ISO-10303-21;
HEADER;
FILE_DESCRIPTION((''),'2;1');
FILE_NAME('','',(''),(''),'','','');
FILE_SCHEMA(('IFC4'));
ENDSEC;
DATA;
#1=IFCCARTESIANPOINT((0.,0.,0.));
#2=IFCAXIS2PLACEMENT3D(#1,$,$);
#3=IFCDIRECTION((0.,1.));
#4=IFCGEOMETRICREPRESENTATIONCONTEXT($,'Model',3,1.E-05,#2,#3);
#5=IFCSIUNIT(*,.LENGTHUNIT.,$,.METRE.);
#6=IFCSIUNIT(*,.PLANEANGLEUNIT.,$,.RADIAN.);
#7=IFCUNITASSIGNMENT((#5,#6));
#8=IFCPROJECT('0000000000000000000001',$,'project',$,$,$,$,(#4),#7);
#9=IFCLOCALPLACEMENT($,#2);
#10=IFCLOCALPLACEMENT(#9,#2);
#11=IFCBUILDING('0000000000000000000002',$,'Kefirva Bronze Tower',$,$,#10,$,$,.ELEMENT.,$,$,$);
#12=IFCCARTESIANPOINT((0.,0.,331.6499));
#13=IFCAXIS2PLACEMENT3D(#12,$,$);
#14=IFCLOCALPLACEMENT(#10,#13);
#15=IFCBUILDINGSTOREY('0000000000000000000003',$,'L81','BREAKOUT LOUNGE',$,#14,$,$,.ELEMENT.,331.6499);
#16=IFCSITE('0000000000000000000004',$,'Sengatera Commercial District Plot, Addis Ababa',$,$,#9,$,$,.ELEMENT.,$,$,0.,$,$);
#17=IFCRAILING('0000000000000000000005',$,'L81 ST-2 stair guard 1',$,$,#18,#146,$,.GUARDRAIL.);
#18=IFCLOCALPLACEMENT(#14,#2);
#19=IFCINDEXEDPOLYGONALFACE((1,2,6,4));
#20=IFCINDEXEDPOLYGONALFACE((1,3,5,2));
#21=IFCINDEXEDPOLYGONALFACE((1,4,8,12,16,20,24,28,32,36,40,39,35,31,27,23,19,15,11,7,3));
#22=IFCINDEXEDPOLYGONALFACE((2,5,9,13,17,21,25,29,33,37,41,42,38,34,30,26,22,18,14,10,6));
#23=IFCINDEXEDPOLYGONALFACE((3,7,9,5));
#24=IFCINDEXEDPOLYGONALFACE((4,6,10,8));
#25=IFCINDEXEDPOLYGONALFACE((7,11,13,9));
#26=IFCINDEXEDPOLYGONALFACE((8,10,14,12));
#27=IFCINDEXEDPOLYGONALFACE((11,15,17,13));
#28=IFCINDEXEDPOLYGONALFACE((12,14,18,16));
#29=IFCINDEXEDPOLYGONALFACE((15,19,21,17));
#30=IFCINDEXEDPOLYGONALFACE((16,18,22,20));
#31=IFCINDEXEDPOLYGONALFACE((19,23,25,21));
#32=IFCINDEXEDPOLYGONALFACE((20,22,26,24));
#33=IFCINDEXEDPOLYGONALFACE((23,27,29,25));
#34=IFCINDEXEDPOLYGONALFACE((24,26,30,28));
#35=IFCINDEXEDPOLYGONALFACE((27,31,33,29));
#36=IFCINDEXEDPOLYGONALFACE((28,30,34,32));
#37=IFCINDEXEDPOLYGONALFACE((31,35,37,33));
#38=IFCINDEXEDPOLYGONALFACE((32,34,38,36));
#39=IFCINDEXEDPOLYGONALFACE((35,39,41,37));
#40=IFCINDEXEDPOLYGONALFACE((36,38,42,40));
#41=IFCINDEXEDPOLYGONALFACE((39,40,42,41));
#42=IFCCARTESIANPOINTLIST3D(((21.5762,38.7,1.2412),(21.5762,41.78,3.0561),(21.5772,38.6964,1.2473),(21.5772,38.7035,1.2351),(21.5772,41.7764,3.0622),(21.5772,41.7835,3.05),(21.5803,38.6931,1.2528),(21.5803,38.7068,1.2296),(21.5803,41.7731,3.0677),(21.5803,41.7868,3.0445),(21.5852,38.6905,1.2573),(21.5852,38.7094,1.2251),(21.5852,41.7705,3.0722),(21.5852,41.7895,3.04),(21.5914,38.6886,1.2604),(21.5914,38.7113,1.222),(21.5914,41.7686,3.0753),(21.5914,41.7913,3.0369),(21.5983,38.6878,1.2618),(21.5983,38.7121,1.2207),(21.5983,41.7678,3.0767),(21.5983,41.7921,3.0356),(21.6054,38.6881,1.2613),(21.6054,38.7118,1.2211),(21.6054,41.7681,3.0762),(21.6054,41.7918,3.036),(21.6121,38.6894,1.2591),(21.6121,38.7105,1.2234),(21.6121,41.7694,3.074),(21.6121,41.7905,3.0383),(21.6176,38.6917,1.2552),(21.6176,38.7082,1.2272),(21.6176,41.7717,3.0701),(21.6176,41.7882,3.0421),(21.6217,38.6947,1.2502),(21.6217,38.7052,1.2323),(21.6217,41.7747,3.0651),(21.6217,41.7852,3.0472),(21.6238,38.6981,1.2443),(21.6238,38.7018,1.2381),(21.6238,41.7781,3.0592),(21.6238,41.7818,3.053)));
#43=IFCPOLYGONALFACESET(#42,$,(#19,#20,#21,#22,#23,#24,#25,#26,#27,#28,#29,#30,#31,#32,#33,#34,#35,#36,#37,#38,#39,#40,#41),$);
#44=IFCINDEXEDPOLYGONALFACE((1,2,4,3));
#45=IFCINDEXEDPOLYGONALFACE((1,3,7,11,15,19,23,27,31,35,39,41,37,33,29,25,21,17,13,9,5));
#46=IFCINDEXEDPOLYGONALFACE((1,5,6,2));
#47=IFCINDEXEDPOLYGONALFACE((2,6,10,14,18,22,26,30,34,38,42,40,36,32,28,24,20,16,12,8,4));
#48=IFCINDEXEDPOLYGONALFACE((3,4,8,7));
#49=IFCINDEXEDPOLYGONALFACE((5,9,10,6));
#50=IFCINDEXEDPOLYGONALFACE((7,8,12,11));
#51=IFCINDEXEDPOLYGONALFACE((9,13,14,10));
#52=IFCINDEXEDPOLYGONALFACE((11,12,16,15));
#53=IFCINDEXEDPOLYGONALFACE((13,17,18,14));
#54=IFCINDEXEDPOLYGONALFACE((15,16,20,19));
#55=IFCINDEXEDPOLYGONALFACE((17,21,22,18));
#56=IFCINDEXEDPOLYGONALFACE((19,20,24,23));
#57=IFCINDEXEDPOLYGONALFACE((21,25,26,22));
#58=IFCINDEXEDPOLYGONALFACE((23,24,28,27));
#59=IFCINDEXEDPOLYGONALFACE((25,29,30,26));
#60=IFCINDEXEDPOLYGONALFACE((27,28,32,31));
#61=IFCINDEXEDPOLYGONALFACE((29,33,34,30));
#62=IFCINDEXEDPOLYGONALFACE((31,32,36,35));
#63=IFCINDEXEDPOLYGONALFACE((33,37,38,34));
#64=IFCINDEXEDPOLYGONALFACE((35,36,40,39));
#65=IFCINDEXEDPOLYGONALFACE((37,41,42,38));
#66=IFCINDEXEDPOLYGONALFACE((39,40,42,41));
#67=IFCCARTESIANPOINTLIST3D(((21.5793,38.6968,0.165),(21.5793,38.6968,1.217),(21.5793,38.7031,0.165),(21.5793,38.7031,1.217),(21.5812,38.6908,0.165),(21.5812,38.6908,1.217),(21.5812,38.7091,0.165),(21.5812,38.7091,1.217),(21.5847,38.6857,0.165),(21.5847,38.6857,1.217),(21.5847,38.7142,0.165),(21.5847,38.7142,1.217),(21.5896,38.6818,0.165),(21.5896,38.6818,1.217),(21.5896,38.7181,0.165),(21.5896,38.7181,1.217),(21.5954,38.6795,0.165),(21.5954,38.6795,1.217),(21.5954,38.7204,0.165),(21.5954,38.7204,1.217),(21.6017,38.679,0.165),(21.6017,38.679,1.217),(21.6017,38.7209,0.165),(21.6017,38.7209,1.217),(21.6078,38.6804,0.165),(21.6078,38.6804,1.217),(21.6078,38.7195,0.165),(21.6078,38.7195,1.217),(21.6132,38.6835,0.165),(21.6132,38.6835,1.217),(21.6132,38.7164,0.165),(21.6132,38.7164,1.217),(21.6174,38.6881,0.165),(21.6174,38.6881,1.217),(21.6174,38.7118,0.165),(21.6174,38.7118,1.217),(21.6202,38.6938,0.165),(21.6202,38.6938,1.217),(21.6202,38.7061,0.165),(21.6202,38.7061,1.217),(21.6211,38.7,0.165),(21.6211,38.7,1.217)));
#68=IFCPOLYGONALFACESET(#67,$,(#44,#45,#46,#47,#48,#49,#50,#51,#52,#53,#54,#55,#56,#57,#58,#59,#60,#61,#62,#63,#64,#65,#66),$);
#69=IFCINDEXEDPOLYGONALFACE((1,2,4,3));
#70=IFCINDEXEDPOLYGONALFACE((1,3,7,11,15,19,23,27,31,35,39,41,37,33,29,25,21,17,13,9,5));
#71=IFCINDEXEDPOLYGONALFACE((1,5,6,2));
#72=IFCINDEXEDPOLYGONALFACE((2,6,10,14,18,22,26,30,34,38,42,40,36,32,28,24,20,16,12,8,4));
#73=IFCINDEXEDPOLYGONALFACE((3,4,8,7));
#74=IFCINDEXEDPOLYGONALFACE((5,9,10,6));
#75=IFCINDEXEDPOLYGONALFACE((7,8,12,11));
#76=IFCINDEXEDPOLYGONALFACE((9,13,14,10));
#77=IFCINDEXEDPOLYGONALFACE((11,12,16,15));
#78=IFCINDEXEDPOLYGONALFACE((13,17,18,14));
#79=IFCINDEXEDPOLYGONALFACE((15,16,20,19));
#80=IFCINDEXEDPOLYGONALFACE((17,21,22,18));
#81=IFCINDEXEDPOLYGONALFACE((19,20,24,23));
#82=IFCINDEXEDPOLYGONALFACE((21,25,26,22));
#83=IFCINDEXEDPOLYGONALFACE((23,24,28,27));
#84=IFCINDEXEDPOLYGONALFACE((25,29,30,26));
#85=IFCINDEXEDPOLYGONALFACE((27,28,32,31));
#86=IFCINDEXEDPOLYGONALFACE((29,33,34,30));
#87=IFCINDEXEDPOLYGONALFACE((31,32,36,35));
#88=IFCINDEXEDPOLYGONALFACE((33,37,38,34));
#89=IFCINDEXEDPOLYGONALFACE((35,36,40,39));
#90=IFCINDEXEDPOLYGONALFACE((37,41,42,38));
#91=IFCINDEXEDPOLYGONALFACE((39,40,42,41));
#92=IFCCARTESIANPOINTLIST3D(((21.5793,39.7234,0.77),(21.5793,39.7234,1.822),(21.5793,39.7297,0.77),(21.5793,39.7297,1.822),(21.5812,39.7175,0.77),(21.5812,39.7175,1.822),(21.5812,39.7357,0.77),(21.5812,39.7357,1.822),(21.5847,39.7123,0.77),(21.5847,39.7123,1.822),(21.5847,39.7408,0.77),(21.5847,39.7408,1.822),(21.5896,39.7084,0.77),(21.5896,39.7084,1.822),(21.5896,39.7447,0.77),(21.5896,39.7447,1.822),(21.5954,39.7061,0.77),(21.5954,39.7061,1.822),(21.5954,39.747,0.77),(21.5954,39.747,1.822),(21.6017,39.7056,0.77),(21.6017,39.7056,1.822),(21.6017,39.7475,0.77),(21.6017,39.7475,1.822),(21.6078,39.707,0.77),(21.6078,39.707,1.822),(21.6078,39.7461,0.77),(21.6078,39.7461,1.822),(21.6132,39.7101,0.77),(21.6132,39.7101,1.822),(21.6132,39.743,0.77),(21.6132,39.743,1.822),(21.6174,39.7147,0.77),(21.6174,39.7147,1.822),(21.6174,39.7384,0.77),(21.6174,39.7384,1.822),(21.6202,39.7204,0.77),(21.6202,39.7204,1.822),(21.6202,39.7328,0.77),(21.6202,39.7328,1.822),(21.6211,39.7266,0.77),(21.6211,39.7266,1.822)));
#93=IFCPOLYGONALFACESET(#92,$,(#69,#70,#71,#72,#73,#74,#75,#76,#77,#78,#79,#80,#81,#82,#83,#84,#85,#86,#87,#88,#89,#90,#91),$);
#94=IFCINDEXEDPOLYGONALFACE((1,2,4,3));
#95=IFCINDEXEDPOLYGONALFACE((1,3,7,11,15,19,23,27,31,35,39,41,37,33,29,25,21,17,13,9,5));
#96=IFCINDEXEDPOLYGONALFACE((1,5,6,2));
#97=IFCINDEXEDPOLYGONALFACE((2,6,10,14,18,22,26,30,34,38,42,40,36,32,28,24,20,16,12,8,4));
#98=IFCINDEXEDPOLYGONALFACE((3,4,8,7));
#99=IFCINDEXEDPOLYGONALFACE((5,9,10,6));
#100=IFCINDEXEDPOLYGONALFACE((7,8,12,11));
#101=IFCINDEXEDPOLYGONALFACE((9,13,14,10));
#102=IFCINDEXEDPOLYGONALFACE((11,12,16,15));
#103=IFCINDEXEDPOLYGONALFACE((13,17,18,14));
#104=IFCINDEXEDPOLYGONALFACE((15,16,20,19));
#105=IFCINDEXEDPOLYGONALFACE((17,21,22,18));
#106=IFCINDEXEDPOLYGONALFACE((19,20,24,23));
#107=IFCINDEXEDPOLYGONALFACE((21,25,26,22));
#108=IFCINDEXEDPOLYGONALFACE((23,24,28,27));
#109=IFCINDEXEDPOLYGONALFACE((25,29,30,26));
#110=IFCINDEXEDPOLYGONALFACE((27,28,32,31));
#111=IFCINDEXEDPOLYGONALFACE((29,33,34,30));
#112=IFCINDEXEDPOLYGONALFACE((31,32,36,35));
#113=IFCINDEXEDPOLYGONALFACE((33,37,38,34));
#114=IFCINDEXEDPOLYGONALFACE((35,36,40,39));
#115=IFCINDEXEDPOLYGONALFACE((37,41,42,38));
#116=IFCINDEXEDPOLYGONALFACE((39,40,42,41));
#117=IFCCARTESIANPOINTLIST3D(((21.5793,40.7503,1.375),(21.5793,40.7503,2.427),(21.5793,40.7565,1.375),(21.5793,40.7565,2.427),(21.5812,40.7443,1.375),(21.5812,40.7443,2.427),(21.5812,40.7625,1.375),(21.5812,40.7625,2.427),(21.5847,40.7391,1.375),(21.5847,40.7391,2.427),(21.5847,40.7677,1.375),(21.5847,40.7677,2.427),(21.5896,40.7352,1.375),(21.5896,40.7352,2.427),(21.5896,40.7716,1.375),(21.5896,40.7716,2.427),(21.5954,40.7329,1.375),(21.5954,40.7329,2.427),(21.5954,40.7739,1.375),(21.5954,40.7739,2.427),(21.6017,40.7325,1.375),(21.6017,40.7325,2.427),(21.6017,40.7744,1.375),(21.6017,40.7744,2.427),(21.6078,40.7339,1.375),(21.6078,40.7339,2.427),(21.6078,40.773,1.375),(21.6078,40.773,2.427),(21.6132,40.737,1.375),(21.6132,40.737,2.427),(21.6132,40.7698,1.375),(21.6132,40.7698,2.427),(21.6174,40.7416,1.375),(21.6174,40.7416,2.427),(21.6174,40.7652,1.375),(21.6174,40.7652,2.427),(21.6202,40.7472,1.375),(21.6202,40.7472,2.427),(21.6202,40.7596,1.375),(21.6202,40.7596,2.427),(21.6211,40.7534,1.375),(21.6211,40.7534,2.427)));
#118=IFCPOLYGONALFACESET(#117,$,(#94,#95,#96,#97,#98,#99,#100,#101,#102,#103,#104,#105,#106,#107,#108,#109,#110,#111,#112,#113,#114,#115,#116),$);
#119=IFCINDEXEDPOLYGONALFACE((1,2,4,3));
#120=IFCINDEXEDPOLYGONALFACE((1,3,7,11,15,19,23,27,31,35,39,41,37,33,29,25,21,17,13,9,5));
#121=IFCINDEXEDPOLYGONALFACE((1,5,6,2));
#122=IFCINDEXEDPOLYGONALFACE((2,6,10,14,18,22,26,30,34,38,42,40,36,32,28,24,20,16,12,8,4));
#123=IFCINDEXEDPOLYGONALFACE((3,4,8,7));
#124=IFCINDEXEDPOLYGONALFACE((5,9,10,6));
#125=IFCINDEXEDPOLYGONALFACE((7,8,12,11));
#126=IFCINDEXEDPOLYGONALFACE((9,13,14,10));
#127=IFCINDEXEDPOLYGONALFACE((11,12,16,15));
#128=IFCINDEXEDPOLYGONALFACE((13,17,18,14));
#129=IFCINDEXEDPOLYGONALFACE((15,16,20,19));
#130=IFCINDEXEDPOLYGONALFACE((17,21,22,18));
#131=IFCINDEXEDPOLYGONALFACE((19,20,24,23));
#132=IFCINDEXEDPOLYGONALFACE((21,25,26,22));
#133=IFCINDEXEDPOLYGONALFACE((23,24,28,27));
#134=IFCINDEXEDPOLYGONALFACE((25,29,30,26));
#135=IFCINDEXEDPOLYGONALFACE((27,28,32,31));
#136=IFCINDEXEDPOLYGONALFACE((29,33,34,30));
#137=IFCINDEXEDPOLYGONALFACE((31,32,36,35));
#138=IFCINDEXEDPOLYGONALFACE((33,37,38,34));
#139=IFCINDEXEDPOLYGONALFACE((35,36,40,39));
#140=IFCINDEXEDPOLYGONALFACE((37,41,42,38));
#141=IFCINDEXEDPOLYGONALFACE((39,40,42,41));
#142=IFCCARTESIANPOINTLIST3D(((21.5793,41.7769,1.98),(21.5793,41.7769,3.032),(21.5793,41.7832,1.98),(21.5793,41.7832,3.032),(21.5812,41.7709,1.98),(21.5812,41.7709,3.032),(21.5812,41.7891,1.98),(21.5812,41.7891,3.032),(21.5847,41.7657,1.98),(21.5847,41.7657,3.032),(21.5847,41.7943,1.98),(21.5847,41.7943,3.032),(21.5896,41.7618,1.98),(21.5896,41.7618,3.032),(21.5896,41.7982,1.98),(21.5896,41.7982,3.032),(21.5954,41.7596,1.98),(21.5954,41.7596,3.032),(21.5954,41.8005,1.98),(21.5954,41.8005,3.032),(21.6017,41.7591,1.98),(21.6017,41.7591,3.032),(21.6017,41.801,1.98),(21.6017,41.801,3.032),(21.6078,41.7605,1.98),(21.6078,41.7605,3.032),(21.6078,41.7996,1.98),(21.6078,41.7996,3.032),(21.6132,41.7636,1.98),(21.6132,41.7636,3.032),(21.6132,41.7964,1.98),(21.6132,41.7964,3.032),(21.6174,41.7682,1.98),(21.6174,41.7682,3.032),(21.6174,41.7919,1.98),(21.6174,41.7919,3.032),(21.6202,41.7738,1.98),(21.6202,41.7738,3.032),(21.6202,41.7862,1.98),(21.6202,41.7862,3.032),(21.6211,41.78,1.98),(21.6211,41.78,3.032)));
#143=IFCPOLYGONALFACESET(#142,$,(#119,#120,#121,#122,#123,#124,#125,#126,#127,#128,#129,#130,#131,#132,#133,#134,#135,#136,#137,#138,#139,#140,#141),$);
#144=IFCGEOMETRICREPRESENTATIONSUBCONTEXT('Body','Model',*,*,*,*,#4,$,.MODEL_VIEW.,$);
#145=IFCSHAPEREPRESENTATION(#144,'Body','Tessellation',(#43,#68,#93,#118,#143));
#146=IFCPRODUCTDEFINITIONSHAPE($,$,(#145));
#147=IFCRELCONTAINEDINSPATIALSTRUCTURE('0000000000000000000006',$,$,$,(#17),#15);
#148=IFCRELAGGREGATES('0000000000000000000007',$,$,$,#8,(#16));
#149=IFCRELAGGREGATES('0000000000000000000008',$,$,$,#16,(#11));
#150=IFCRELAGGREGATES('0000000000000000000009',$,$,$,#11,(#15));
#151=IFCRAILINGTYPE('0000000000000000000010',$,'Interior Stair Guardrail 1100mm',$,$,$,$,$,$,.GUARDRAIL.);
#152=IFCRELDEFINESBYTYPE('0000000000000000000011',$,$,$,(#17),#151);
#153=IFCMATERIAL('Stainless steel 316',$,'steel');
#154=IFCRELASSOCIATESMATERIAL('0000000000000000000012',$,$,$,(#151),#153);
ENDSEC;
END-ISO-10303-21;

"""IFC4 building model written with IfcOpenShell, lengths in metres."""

from ifc_helpers import new_model, si_unit, direction, frame, origin, origin_2d, place, context, subcontext, project, spatial, circle, extrude, material, type_object, element, save


model = new_model("IFC4")

# Units and contexts
model_context = context("Model", 3, precision=1e-05, world=origin(), true_north=direction((0.0, 1.0)))
body_context = subcontext(model_context, "Body", "Model", "MODEL_VIEW")
ifc_project = project(units=[si_unit("LENGTHUNIT", "METRE"), si_unit("PLANEANGLEUNIT", "RADIAN")], contexts=[model_context])

# Site, building, storey
site_placement = place(None, origin())
site = spatial("IfcSite", under=ifc_project, at=site_placement, Name="Sengatera Commercial District Plot, Addis Ababa", CompositionType="ELEMENT", RefElevation=0.0)
building_placement = place(site_placement, origin())
building = spatial("IfcBuilding", under=site, at=building_placement, Name="Kefirva Bronze Tower", CompositionType="ELEMENT")
storey_placement = place(building_placement, frame((0.0, 0.0, 331.6499)))
storey = spatial("IfcBuildingStorey", under=building, at=storey_placement, Name="L81", Description="BREAKOUT LOUNGE", CompositionType="ELEMENT", Elevation=331.6499)

# Railing
ifc_material_1 = material(Name="Stainless steel 316", Category="steel")
railing_type_1 = type_object("IfcRailingType", Name="Interior Stair Guardrail 1100mm", PredefinedType="GUARDRAIL", material=ifc_material_1)
railing_1_placement = place(storey_placement, frame((21.6001, 38.7, 0.165)))
element("IfcRailing", 1, at=railing_1_placement, inside=storey, type_object=railing_type_1, Name="L81 ST-2 stair guard 1", PredefinedType="GUARDRAIL", context=body_context, shape_type="SweptSolid", body=[
    extrude(circle(Radius=0.0239, at=origin_2d()), frame((0.0, 0.0, 1.0762), z_axis=(0.0, 0.861551, 0.507671), x_axis=(-1.0, 0.0, 0.0)), (0.0, 0.0, 1.0), 3.575),
    extrude(circle(Radius=0.021, at=origin_2d()), origin(), (0.0, 0.0, 1.0), 1.052),
    extrude(circle(Radius=0.021, at=origin_2d()), frame((0.0, 1.0266, 0.605)), (0.0, 0.0, 1.0), 1.052),
    extrude(circle(Radius=0.021, at=origin_2d()), frame((0.0, 2.0535, 1.21)), (0.0, 0.0, 1.0), 1.052),
    extrude(circle(Radius=0.021, at=origin_2d()), frame((0.0, 3.0801, 1.8149)), (0.0, 0.0, 1.0), 1.052),
])

save(model, "model.ifc")
